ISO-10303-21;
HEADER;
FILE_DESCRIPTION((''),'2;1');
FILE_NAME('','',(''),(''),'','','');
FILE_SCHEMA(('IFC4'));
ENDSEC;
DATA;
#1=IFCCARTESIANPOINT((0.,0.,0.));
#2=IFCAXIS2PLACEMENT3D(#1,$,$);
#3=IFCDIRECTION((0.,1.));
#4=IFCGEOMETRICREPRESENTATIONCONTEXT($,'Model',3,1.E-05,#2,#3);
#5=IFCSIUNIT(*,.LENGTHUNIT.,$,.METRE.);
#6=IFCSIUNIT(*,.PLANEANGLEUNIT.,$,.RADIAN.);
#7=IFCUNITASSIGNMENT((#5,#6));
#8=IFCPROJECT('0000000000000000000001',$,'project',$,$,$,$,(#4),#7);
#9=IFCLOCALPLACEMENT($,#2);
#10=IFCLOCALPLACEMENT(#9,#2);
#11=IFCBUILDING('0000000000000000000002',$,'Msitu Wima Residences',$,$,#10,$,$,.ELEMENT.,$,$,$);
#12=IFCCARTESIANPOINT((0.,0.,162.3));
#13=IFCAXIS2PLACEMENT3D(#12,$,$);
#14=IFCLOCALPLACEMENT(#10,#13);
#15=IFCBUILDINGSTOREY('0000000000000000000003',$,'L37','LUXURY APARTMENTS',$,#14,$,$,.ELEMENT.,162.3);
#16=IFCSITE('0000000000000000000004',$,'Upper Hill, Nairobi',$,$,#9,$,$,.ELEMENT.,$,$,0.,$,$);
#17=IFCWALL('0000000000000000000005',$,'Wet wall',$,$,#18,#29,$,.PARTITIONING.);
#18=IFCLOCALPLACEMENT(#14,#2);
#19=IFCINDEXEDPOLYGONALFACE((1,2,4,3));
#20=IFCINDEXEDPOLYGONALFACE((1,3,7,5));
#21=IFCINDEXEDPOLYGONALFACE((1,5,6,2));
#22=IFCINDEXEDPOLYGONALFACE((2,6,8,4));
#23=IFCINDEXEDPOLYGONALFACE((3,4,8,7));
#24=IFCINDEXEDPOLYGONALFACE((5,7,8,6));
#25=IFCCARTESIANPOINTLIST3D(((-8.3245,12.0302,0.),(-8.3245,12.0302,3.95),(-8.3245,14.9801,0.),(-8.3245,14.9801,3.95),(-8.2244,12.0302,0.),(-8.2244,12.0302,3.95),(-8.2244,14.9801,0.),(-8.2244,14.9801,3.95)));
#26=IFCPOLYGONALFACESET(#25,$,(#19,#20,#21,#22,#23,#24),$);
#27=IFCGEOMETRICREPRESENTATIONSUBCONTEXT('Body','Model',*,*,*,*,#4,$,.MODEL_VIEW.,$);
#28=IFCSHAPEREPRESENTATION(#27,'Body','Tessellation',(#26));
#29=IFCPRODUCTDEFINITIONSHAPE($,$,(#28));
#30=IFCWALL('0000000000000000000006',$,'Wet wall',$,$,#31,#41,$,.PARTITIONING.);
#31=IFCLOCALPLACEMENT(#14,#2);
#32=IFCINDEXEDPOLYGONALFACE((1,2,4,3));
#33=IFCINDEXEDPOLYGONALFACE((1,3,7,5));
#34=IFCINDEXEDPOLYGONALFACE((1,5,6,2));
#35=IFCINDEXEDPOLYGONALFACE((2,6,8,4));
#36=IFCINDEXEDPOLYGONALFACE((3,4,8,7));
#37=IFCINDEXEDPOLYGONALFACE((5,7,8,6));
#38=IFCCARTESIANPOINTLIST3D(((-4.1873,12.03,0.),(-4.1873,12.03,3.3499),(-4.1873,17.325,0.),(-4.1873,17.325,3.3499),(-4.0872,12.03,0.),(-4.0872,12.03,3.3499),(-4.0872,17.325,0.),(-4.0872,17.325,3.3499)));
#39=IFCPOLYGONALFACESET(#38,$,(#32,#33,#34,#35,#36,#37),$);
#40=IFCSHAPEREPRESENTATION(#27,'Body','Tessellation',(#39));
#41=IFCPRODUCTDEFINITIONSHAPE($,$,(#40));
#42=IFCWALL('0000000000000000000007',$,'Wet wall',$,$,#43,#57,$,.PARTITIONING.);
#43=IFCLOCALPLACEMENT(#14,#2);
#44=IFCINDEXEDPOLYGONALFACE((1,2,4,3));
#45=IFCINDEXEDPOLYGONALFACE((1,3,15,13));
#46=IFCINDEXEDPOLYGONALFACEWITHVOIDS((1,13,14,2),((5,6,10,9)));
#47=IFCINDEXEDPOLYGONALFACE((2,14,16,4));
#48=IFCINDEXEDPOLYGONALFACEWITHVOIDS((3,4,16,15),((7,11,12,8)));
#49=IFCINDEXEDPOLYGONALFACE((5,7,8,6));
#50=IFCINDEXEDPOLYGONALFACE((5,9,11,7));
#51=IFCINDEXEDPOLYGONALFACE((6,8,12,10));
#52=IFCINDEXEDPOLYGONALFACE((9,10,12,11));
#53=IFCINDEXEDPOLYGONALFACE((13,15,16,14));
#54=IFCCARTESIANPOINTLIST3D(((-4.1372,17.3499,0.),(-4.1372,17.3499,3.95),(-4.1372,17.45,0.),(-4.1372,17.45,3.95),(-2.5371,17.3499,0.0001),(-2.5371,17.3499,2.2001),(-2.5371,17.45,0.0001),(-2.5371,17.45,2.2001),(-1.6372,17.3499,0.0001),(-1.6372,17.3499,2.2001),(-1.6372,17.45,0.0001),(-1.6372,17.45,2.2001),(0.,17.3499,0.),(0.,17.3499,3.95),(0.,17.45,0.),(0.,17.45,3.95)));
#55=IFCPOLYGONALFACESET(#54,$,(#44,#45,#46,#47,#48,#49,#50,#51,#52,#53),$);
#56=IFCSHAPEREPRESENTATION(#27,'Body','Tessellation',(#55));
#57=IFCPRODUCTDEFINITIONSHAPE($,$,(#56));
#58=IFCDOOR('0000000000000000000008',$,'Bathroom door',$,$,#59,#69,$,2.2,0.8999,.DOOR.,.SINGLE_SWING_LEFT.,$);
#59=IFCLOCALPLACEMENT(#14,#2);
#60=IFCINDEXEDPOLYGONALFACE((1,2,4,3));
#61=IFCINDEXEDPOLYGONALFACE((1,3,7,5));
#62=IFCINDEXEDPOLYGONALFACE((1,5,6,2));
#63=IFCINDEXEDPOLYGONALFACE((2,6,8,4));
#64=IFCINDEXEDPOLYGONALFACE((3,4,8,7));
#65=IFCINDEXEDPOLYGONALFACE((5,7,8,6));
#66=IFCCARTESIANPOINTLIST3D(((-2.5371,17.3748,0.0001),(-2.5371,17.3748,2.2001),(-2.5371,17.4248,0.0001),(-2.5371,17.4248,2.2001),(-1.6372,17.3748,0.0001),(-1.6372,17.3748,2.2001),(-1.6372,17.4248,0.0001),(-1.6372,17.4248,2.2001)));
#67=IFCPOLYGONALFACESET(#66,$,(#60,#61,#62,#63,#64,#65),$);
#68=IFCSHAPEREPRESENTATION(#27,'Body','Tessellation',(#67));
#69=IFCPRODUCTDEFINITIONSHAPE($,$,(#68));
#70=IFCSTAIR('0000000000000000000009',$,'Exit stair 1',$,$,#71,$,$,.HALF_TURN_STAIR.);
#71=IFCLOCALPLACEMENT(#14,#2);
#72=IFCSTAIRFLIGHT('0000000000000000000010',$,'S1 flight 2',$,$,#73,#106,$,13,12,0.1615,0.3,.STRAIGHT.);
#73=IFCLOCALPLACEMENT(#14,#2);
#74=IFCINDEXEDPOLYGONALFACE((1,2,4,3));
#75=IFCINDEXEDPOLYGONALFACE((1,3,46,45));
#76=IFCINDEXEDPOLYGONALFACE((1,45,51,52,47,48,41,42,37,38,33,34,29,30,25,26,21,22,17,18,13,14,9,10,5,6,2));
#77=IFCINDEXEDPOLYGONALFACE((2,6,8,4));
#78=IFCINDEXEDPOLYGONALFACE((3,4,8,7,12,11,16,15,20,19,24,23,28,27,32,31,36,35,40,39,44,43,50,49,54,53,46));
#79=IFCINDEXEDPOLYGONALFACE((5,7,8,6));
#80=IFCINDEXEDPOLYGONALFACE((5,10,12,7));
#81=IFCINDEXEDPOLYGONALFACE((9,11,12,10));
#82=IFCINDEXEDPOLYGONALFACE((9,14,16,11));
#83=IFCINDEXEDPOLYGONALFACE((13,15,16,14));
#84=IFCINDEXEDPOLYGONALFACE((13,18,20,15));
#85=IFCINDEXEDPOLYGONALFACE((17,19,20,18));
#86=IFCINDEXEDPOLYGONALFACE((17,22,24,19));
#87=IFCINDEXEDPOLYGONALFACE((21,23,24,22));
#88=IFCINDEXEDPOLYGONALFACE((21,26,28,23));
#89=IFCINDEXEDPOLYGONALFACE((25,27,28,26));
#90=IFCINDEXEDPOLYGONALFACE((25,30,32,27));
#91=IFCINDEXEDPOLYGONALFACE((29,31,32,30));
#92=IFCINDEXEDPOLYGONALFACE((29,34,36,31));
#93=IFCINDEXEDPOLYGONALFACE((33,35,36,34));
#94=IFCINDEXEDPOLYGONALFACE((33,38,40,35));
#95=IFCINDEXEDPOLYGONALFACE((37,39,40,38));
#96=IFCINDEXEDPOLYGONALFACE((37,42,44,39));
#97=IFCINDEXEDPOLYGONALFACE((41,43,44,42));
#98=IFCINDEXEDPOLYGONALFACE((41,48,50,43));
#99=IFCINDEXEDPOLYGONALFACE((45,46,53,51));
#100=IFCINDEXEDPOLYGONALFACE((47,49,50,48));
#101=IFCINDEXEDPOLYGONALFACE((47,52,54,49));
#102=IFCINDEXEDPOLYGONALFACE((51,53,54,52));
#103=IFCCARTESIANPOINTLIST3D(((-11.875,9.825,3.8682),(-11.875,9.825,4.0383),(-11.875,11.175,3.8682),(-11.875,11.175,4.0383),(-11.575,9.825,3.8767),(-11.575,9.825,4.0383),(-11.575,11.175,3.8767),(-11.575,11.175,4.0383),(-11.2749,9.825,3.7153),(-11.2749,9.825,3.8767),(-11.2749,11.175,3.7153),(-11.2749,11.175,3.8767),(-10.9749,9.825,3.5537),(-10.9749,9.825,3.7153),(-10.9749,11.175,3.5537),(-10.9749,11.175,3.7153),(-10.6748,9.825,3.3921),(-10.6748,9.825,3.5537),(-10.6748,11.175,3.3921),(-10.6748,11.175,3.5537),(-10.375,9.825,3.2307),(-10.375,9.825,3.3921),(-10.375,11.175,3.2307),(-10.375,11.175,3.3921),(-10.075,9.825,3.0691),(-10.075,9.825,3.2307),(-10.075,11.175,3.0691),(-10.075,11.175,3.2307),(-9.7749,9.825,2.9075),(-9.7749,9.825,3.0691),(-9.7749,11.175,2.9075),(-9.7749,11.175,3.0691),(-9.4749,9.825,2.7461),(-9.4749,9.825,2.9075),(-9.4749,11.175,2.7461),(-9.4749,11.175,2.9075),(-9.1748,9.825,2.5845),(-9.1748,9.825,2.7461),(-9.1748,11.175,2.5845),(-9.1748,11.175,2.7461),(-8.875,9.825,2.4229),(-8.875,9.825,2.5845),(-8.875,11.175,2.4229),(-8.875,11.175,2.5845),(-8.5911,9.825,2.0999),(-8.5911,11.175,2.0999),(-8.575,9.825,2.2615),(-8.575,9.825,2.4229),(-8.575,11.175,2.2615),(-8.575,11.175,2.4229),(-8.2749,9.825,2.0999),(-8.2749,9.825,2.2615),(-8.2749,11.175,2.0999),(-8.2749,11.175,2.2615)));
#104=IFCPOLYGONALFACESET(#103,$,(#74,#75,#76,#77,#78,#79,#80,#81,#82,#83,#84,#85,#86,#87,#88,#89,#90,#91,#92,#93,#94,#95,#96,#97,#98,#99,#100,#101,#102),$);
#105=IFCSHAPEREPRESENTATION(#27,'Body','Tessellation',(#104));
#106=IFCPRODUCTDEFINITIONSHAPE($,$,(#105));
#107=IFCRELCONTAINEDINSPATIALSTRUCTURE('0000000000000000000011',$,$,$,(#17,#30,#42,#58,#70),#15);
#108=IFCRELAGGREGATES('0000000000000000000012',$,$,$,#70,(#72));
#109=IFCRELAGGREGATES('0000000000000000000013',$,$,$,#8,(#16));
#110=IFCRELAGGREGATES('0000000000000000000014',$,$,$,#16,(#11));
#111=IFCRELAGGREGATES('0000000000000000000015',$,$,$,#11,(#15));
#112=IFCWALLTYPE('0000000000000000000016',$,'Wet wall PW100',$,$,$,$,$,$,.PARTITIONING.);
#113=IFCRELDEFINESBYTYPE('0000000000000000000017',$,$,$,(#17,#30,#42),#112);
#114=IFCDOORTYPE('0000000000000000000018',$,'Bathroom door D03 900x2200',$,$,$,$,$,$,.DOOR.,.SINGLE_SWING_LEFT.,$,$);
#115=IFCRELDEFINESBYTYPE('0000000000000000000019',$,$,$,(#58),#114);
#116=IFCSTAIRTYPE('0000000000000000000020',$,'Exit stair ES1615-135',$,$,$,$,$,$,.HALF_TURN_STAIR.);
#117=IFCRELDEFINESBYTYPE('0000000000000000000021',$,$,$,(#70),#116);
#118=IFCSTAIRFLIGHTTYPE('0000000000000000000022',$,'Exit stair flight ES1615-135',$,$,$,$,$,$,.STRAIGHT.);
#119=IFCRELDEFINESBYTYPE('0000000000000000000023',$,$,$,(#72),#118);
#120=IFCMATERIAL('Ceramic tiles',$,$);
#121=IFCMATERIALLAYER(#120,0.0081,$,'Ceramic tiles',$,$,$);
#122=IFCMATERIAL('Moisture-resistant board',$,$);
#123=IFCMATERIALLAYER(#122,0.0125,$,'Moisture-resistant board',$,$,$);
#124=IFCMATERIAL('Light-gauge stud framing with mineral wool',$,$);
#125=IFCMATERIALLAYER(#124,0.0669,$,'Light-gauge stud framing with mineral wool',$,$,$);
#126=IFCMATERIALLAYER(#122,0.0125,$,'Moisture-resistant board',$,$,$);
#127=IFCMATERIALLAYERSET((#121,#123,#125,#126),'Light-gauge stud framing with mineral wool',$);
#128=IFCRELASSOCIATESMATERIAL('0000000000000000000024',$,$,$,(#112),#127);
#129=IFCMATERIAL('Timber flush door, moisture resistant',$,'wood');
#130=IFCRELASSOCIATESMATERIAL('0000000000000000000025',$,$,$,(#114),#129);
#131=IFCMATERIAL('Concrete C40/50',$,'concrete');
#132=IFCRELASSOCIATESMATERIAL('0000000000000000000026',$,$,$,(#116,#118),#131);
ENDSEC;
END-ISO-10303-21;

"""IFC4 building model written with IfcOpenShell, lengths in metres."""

from ifc_helpers import new_model, si_unit, direction, frame, frame_2d, origin, place, context, subcontext, project, spatial, polyline, rectangle, outline, extrude, material, layer, layer_set, type_object, element, fill, aggregate, save


model = new_model("IFC4")

# Units and contexts
model_context = context("Model", 3, precision=1e-05, world=origin(), true_north=direction((0.0, 1.0)))
body_context = subcontext(model_context, "Body", "Model", "MODEL_VIEW")
ifc_project = project(units=[si_unit("LENGTHUNIT", "METRE"), si_unit("PLANEANGLEUNIT", "RADIAN")], contexts=[model_context])

# Site, building, storey
site_placement = place(None, origin())
site = spatial("IfcSite", under=ifc_project, at=site_placement, Name="Upper Hill, Nairobi", CompositionType="ELEMENT", RefElevation=0.0)
building_placement = place(site_placement, origin())
building = spatial("IfcBuilding", under=site, at=building_placement, Name="Msitu Wima Residences", CompositionType="ELEMENT")
storey_placement = place(building_placement, frame((0.0, 0.0, 162.3)))
storey = spatial("IfcBuildingStorey", under=building, at=storey_placement, Name="L37", Description="LUXURY APARTMENTS", CompositionType="ELEMENT", Elevation=162.3)

# Shared definitions
ifc_material_1 = material(Name="Concrete C40/50", Category="concrete")

# Shared definitions
ifc_material_2 = material(Name="Ceramic tiles")
ifc_layer_1 = layer(ifc_material_2, 0.0081, Name="Ceramic tiles")
ifc_material_3 = material(Name="Moisture-resistant board")
ifc_layer_2 = layer(ifc_material_3, 0.0125, Name="Moisture-resistant board")
ifc_material_4 = material(Name="Light-gauge stud framing with mineral wool")
ifc_layer_3 = layer(ifc_material_4, 0.0669, Name="Light-gauge stud framing with mineral wool")
ifc_layer_4 = layer(ifc_material_3, 0.0125, Name="Moisture-resistant board")
ifc_layer_set_1 = layer_set([ifc_layer_1, ifc_layer_2, ifc_layer_3, ifc_layer_4], Name="Light-gauge stud framing with mineral wool")
wall_type_1 = type_object("IfcWallType", Name="Wet wall PW100", PredefinedType="PARTITIONING", material=ifc_layer_set_1)

# Walls
wall_1_placement = place(storey_placement, frame((-8.2744, 12.03, 0.0), z_axis=(0.0, 0.0, 1.0), x_axis=(0.0, 1.0, 0.0)))
element("IfcWall", 1, at=wall_1_placement, inside=storey, type_object=wall_type_1, Name="Wet wall", PredefinedType="PARTITIONING", context=body_context, shape_type="SweptSolid", body=[
    extrude(rectangle(XDim=2.95, YDim=0.1001, at=frame_2d((1.4751, 0.0))), origin(), (0.0, 0.0, 1.0), 3.95),
])
wall_2_placement = place(storey_placement, frame((-4.1372, 12.03, 0.0), z_axis=(0.0, 0.0, 1.0), x_axis=(0.0, 1.0, 0.0)))
element("IfcWall", 2, at=wall_2_placement, inside=storey, type_object=wall_type_1, Name="Wet wall", PredefinedType="PARTITIONING", context=body_context, shape_type="SweptSolid", body=[
    extrude(rectangle(XDim=5.2949, YDim=0.1001, at=frame_2d((2.6475, 0.0))), origin(), (0.0, 0.0, 1.0), 3.3499),
])

# Wall, opening, door
wall_3_placement = place(storey_placement, frame((-4.1372, 17.3999, 0.0), z_axis=(0.0, 0.0, 1.0), x_axis=(1.0, 0.0, 0.0)))
wall_3 = element("IfcWall", 3, at=wall_3_placement, inside=storey, type_object=wall_type_1, Name="Wet wall", PredefinedType="PARTITIONING", context=body_context, shape_type="SweptSolid", body=[
    extrude(rectangle(XDim=4.1372, YDim=0.1001, at=frame_2d((2.0686, 0.0))), origin(), (0.0, 0.0, 1.0), 3.95),
])
opening_1_placement = place(wall_3_placement, frame((1.6001, 0.0, 0.0)))
opening_1 = element("IfcOpeningElement", 4, at=opening_1_placement, cuts=wall_3, PredefinedType="OPENING", context=body_context, shape_type="SweptSolid", body=[
    extrude(rectangle(XDim=0.8999, YDim=2.2, at=frame_2d((0.45, 1.1001))), frame((0.0, 0.0601, 0.0), z_axis=(0.0, -1.0, 0.0), x_axis=(1.0, 0.0, 0.0)), (0.0, 0.0, 1.0), 0.1201),
])
ifc_material_5 = material(Name="Timber flush door, moisture resistant", Category="wood")
door_type_1 = type_object("IfcDoorType", Name="Bathroom door D03 900x2200", OperationType="SINGLE_SWING_LEFT", PredefinedType="DOOR", material=ifc_material_5)
door_1_placement = place(opening_1_placement, origin())
door_1 = element("IfcDoor", 5, at=door_1_placement, inside=storey, type_object=door_type_1, Name="Bathroom door", OperationType="SINGLE_SWING_LEFT", OverallHeight=2.2, OverallWidth=0.8999, PredefinedType="DOOR", context=body_context, shape_type="SweptSolid", body=[
    extrude(rectangle(XDim=0.8999, YDim=2.2, at=frame_2d((0.45, 1.1001))), frame((0.0, 0.0249, 0.0), z_axis=(0.0, -1.0, 0.0), x_axis=(1.0, 0.0, 0.0)), (0.0, 0.0, 1.0), 0.05),
])
fill(opening_1, door_1)

# Stair, stair flight
stair_type = type_object("IfcStairType", Name="Exit stair ES1615-135", PredefinedType="HALF_TURN_STAIR", material=ifc_material_1)
stair_placement = place(storey_placement, origin())
stair = element("IfcStair", 6, at=stair_placement, inside=storey, type_object=stair_type, Name="Exit stair 1", PredefinedType="HALF_TURN_STAIR")
stair_flight_type = type_object("IfcStairFlightType", Name="Exit stair flight ES1615-135", PredefinedType="STRAIGHT", material=ifc_material_1)
stair_flight_placement = place(storey_placement, frame((-8.2749, 10.5, 2.0999), z_axis=(0.0, 0.0, 1.0), x_axis=(-1.0, 0.0, 0.0)))
stair_flight = element("IfcStairFlight", 7, at=stair_flight_placement, type_object=stair_flight_type, Name="S1 flight 2", NumberOfRisers=13, NumberOfTreads=12, PredefinedType="STRAIGHT", RiserHeight=0.1615, TreadLength=0.3, context=body_context, shape_type="SweptSolid", body=[
    extrude(outline(polyline([(0.0, 0.0), (0.0, 0.1616), (0.3, 0.1616), (0.3, 0.323), (0.6001, 0.323), (0.6001, 0.4846), (0.8999, 0.4846), (0.8999, 0.6462), (1.2, 0.6462), (1.2, 0.8076), (1.5, 0.8076), (1.5, 0.9692), (1.8, 0.9692), (1.8, 1.1309), (2.1001, 1.1309), (2.1001, 1.2922), (2.3999, 1.2922), (2.3999, 1.4539), (2.7, 1.4539), (2.7, 1.6155), (3.0, 1.6155), (3.0, 1.7769), (3.3, 1.7769), (3.3, 1.9385), (3.6001, 1.9385), (3.6001, 2.1001), (3.6001, 1.7683), (0.3162, 0.0), (0.0, 0.0)])), frame((0.0, 0.675, 0.0), z_axis=(0.0, -1.0, 0.0), x_axis=(1.0, 0.0, 0.0)), (0.0, 0.0, 1.0), 1.3501),
])
aggregate(stair, [stair_flight])

save(model, "model.ifc")
